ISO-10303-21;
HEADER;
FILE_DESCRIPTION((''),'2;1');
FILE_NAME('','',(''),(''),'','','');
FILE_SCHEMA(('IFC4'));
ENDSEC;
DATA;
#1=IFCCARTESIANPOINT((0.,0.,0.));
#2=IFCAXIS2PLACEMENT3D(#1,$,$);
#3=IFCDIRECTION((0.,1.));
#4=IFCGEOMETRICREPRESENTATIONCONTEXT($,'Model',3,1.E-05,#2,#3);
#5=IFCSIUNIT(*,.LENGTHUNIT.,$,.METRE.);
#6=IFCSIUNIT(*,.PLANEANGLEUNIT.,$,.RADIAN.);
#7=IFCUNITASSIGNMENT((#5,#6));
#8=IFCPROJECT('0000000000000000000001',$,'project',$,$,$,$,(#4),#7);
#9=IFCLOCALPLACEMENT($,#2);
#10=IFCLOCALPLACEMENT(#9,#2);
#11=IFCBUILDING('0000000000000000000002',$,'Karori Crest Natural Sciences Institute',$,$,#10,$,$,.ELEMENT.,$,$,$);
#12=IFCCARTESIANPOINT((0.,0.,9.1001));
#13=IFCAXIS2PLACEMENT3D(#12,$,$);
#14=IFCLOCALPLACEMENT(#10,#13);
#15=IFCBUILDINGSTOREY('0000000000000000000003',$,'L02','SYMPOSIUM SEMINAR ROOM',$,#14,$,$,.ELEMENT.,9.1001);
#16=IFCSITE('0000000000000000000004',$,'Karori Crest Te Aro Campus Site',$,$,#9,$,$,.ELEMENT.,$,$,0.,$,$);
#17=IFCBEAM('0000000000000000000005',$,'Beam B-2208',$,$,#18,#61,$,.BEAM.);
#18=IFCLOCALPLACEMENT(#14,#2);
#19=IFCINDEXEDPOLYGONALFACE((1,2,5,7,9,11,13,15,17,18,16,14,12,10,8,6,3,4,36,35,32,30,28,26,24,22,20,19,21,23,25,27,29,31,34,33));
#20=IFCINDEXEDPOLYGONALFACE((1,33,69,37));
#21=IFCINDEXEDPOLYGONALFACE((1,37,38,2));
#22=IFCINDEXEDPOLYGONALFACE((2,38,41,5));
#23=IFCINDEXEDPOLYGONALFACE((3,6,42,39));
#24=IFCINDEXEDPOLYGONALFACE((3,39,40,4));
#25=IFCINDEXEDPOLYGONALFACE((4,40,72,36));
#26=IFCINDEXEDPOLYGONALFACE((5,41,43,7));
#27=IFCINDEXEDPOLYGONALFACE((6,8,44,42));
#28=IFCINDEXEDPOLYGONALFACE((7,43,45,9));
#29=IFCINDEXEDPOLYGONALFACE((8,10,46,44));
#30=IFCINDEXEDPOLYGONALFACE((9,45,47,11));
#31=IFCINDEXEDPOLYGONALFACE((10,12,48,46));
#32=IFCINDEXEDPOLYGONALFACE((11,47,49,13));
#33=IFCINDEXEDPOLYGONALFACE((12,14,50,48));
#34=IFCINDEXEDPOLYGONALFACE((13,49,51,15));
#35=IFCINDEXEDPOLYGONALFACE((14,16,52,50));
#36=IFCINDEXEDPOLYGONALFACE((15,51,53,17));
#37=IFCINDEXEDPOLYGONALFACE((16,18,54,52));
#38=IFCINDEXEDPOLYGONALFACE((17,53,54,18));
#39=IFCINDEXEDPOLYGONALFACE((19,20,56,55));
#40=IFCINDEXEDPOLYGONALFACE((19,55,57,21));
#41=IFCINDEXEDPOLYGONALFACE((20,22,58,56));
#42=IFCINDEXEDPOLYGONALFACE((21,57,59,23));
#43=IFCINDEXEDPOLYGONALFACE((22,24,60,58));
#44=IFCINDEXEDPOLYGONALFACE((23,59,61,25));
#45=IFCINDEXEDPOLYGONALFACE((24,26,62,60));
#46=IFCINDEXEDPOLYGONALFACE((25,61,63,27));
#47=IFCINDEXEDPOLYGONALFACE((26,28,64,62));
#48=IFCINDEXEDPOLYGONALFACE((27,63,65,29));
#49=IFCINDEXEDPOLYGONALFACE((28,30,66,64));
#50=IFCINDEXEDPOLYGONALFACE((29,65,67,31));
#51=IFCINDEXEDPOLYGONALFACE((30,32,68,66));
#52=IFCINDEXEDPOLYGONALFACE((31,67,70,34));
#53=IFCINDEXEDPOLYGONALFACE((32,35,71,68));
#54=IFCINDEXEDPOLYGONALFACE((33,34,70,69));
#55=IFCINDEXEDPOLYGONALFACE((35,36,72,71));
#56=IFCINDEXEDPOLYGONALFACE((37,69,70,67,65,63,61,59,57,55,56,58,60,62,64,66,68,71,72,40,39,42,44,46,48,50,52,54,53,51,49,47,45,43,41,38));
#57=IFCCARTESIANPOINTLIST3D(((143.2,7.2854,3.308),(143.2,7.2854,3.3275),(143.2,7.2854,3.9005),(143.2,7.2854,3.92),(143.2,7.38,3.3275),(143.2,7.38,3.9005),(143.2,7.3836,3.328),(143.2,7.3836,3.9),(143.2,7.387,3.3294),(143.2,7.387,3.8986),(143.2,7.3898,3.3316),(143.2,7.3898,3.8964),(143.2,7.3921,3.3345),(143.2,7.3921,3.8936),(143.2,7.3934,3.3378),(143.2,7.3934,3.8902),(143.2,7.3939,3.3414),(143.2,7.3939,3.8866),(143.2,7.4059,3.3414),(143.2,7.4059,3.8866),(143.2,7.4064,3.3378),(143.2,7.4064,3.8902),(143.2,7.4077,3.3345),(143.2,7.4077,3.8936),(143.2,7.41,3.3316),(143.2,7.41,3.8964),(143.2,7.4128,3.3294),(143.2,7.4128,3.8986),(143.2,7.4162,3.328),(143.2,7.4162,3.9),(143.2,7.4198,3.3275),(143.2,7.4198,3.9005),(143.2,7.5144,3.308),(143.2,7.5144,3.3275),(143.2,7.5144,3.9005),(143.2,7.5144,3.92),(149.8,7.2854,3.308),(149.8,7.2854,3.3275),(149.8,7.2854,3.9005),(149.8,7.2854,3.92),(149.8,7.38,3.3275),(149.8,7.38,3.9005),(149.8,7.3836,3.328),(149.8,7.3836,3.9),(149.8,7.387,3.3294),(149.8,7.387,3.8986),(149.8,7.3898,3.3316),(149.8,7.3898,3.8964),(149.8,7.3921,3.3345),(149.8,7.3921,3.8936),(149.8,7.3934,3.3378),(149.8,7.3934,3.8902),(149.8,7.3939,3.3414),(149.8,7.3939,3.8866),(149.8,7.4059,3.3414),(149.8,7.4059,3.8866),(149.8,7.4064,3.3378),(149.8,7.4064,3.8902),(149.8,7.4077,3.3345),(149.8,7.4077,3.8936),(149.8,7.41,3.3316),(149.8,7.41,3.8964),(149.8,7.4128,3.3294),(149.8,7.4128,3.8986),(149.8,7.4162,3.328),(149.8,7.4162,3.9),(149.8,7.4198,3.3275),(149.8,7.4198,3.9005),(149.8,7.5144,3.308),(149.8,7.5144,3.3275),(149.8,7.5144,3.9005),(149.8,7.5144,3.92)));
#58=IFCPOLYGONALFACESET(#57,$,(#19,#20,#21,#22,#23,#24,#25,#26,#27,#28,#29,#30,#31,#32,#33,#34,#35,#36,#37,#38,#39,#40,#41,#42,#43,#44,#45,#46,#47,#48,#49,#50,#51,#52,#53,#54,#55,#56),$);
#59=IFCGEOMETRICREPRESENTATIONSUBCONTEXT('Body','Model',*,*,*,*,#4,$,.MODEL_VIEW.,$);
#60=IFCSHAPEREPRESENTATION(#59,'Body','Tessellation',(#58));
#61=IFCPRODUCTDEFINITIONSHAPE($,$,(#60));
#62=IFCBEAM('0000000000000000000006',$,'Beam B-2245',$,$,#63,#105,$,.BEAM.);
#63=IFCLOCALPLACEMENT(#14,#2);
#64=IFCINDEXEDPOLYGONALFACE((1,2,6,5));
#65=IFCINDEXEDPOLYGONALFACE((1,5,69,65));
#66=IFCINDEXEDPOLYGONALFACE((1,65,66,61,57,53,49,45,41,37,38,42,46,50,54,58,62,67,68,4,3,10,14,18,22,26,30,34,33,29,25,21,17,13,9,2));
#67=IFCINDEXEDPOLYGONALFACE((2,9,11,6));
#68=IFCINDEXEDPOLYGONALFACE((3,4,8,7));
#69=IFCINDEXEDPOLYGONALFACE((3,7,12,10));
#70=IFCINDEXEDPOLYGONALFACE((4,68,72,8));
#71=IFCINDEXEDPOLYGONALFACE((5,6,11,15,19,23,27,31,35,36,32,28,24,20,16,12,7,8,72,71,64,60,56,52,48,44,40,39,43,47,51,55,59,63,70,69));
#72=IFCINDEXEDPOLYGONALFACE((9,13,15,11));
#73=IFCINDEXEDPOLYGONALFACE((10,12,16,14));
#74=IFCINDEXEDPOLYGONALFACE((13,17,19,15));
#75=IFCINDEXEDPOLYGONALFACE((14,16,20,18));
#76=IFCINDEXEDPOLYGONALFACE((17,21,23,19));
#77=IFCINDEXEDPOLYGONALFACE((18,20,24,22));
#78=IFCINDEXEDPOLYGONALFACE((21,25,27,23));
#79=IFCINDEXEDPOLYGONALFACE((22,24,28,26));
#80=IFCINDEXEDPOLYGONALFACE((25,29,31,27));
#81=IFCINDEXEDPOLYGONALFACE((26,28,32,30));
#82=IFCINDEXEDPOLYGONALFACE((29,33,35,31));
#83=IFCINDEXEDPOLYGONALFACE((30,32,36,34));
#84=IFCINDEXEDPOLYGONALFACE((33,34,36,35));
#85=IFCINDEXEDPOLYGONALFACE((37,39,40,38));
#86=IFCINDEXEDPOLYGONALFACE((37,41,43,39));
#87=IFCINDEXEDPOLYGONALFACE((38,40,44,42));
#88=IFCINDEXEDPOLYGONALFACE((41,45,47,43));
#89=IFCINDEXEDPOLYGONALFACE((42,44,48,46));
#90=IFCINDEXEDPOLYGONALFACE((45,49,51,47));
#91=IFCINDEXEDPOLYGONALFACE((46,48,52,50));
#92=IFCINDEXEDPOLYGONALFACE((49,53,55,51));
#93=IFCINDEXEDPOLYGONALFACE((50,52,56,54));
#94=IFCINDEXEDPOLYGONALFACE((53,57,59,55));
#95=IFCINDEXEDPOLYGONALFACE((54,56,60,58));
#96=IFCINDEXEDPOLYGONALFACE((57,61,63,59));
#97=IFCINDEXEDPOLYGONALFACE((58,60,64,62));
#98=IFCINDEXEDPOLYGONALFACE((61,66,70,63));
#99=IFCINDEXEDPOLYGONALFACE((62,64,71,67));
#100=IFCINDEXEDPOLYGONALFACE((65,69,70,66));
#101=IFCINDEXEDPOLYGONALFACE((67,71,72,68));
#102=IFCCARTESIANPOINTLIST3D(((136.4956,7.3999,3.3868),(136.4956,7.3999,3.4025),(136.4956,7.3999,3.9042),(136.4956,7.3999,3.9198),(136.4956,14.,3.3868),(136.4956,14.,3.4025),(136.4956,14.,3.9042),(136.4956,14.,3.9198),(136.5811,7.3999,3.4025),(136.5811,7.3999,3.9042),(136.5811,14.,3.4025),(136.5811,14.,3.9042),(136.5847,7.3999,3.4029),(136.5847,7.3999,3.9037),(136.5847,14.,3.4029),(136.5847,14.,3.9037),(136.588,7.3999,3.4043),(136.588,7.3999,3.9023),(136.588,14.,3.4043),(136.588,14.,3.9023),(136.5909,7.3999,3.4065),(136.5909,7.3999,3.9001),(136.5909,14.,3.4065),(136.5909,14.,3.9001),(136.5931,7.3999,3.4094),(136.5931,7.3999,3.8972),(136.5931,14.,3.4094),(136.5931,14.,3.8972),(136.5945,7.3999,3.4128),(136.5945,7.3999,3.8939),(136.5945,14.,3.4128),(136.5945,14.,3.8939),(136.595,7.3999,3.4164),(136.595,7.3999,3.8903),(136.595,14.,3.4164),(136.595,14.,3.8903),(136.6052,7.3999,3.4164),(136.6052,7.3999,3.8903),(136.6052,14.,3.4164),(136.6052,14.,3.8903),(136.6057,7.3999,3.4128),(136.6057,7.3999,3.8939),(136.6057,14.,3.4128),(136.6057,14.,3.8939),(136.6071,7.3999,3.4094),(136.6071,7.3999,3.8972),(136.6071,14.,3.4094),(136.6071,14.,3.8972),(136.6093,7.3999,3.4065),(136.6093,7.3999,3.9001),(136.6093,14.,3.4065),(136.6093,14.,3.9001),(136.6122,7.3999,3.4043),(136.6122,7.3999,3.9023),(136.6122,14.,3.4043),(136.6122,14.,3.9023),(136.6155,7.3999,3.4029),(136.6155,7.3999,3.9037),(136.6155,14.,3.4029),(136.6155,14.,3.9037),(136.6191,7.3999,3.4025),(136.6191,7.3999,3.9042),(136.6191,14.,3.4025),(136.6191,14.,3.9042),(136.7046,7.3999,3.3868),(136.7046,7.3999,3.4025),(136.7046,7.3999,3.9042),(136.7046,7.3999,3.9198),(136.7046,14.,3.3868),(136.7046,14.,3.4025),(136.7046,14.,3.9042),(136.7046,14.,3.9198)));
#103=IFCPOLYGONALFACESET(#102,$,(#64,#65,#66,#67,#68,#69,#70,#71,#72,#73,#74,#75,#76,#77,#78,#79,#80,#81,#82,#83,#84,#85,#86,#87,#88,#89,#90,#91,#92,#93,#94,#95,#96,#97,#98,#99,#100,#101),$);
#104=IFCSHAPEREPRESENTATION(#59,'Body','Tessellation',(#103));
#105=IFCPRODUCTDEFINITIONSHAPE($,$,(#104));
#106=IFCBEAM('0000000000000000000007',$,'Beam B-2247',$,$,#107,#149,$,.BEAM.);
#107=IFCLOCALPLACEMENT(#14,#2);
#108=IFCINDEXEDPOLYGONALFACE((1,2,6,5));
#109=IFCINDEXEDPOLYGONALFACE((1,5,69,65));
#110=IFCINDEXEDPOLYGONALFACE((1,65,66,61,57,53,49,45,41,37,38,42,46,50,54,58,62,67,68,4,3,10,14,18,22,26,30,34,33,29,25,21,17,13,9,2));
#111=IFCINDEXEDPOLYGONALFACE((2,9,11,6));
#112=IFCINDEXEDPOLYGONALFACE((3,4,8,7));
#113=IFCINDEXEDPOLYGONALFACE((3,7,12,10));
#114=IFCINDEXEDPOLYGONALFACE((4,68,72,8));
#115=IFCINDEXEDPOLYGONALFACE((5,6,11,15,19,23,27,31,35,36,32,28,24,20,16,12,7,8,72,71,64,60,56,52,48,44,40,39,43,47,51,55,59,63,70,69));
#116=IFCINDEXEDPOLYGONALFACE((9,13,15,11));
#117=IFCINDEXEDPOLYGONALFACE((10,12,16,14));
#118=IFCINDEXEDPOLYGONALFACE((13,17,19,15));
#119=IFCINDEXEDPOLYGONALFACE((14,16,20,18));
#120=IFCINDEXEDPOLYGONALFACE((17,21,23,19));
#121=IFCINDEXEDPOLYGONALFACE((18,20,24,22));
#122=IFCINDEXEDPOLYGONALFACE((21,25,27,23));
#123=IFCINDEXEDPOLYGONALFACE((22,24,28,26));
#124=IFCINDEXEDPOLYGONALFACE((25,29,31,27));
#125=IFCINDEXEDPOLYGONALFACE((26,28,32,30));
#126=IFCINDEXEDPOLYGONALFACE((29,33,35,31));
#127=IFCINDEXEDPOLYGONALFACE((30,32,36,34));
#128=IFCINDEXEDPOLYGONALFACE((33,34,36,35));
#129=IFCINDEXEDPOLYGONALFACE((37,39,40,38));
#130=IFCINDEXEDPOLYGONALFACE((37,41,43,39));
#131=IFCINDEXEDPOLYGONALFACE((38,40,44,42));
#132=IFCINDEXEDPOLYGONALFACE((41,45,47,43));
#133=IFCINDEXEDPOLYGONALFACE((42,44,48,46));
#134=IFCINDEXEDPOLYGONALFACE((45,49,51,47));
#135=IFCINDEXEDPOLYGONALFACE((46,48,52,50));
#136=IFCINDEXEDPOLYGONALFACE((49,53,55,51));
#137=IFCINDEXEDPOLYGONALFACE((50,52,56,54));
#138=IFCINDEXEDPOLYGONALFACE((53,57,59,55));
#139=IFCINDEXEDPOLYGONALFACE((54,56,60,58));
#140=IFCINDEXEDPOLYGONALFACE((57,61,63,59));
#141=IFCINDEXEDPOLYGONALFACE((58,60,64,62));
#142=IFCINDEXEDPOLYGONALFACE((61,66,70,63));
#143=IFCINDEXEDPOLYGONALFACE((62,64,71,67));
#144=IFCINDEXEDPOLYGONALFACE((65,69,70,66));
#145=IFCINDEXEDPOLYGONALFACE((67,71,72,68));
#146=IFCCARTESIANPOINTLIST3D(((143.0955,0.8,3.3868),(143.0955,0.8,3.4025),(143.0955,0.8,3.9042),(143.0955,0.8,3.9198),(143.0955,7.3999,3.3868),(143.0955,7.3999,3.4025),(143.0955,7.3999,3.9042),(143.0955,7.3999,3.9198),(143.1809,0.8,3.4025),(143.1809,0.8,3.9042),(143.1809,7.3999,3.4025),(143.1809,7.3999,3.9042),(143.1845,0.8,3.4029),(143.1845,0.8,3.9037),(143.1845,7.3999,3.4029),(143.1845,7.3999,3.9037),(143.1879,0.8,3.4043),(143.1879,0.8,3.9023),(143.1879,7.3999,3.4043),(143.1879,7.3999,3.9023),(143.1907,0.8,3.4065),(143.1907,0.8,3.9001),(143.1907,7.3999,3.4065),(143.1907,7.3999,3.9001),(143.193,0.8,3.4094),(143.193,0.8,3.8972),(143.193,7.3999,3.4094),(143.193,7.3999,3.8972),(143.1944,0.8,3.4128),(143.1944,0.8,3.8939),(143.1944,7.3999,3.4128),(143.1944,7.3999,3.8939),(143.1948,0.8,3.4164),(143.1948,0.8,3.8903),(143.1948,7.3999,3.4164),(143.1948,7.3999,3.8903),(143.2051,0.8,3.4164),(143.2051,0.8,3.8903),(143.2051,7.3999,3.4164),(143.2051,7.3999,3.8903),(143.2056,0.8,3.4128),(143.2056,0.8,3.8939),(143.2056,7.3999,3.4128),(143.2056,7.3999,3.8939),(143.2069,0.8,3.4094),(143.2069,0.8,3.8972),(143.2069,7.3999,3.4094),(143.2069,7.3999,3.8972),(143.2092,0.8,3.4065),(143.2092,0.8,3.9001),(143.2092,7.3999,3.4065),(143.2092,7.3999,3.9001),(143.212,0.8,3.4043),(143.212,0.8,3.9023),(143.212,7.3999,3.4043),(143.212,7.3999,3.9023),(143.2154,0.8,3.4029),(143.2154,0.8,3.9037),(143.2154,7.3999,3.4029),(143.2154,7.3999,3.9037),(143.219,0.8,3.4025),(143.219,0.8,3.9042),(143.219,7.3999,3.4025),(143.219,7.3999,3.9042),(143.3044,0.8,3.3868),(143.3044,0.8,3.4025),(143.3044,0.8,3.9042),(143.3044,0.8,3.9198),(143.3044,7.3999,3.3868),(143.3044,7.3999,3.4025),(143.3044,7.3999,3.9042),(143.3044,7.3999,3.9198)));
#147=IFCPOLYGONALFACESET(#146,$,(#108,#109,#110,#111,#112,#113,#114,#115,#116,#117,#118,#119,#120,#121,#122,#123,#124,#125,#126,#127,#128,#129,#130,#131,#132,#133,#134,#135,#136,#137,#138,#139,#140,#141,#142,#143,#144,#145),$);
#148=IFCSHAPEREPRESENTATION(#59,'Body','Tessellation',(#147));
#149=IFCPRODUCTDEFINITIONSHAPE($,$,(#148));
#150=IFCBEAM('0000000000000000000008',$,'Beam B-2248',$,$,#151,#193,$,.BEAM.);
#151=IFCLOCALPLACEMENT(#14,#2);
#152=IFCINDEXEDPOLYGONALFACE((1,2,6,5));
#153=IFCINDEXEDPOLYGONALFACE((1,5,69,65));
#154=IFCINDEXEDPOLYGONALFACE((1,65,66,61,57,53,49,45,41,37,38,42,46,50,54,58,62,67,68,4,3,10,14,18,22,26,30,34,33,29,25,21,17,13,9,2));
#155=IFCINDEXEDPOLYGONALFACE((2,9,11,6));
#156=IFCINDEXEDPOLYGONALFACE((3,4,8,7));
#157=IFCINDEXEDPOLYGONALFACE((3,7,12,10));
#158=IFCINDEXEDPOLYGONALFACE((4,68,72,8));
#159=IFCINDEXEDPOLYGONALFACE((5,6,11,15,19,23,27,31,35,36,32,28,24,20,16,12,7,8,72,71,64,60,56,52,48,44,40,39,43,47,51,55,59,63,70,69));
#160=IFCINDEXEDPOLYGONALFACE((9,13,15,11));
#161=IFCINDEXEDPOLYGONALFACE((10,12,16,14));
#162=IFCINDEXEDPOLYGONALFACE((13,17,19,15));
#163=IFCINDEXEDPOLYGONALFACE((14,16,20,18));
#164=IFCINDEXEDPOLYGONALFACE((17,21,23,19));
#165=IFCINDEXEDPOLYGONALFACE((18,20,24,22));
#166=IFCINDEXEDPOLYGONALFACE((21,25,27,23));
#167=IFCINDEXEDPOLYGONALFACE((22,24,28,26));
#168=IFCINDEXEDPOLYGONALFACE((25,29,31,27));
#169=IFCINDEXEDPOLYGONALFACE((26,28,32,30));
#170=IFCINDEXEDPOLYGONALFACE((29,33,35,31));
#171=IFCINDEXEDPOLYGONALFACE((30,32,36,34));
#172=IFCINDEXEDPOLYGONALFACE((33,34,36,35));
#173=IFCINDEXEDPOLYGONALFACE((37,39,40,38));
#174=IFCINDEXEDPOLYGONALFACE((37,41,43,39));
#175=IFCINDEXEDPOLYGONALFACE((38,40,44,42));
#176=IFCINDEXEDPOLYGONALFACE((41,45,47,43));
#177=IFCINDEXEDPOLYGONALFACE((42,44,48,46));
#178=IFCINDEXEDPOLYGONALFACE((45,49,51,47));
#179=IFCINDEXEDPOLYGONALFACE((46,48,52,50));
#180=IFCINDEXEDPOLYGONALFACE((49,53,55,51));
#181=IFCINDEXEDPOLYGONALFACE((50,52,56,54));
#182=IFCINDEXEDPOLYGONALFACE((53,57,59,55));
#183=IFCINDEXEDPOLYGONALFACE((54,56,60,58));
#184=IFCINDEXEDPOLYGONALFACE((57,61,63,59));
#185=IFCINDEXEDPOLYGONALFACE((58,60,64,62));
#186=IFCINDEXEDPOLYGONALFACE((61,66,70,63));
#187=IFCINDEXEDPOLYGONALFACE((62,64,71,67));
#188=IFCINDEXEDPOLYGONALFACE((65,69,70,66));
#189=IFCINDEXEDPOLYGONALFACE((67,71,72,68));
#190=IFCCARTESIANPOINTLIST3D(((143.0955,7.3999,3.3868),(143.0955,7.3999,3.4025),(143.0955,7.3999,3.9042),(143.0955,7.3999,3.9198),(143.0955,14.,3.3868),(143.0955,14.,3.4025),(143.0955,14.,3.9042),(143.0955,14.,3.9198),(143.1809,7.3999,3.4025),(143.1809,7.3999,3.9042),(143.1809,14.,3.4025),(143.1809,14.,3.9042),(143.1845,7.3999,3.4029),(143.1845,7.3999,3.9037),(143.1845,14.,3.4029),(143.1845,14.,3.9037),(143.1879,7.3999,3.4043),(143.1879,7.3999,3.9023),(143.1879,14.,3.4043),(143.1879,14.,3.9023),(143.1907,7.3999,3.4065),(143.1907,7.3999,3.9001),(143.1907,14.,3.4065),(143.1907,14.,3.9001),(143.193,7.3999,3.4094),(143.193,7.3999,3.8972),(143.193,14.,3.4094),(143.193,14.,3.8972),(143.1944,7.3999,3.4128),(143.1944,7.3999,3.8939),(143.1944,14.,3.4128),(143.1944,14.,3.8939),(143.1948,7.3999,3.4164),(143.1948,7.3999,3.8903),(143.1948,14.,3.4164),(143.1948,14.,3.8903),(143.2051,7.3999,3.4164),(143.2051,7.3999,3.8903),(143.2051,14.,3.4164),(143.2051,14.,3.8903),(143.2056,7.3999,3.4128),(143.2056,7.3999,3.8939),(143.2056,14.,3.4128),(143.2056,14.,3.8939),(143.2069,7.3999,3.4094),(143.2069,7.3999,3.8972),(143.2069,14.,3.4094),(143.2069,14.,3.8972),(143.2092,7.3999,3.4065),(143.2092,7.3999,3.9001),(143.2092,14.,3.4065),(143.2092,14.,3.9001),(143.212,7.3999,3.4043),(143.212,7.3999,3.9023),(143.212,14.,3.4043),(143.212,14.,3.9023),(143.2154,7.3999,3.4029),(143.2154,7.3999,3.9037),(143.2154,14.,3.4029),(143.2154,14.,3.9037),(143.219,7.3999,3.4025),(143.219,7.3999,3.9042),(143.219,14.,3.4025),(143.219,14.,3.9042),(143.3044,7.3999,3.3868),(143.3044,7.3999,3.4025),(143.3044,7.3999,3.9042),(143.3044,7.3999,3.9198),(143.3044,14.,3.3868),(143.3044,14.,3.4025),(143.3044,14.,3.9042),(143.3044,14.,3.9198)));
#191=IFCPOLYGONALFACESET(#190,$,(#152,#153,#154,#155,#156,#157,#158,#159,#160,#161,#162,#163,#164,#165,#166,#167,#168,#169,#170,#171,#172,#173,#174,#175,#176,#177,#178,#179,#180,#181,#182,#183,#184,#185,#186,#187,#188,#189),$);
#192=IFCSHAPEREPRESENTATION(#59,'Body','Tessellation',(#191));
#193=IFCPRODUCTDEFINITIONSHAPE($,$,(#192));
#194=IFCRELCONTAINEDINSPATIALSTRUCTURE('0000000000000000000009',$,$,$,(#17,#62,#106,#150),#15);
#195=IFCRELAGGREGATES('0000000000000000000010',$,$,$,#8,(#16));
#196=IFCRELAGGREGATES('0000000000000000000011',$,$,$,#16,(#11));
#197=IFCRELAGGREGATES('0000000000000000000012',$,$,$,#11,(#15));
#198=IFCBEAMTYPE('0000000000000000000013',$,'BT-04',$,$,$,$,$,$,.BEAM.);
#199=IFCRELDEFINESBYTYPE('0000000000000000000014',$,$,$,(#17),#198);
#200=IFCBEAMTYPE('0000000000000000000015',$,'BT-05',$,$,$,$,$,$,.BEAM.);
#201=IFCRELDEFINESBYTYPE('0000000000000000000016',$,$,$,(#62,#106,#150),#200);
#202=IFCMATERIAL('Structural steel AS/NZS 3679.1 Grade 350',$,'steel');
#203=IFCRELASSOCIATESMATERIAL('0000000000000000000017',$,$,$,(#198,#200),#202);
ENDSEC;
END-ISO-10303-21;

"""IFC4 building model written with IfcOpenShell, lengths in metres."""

from ifc_helpers import new_model, si_unit, direction, frame, origin, origin_2d, place, context, subcontext, project, spatial, i_section, extrude, material, material_profile, profile_set, type_object, element, save


model = new_model("IFC4")

# Units and contexts
model_context = context("Model", 3, precision=1e-05, world=origin(), true_north=direction((0.0, 1.0)))
body_context = subcontext(model_context, "Body", "Model", "MODEL_VIEW")
ifc_project = project(units=[si_unit("LENGTHUNIT", "METRE"), si_unit("PLANEANGLEUNIT", "RADIAN")], contexts=[model_context])

# Site, building, storey
site_placement = place(None, origin())
site = spatial("IfcSite", under=ifc_project, at=site_placement, Name="Karori Crest Te Aro Campus Site", CompositionType="ELEMENT", RefElevation=0.0)
building_placement = place(site_placement, origin())
building = spatial("IfcBuilding", under=site, at=building_placement, Name="Karori Crest Natural Sciences Institute", CompositionType="ELEMENT")
storey_placement = place(building_placement, frame((0.0, 0.0, 9.1001)))
storey = spatial("IfcBuildingStorey", under=building, at=storey_placement, Name="L02", Description="SYMPOSIUM SEMINAR ROOM", CompositionType="ELEMENT", Elevation=9.1001)

# Shared definitions
ifc_material_1 = material(Name="Structural steel AS/NZS 3679.1 Grade 350", Category="steel")

# Beams
ifc_material_profile_1 = material_profile(ifc_material_1, i_section(OverallWidth=0.229, OverallDepth=0.6121, WebThickness=0.012, FlangeThickness=0.0195, FilletRadius=0.0139, at=origin_2d()), Name="610UB125")
ifc_profile_set_1 = profile_set([ifc_material_profile_1], Name="Structural steel AS/NZS 3679.1 Grade 350")
beam_type_1 = type_object("IfcBeamType", Name="BT-04", PredefinedType="BEAM", material=ifc_profile_set_1)
beam_1_placement = place(storey_placement, frame((143.2, 7.3999, 3.614), z_axis=(1.0, 0.0, 0.0), x_axis=(0.0, 1.0, 0.0)))
element("IfcBeam", 1, at=beam_1_placement, inside=storey, type_object=beam_type_1, Name="Beam B-2208", PredefinedType="BEAM", context=body_context, shape_type="SweptSolid", body=[
    extrude(i_section(OverallWidth=0.229, OverallDepth=0.6121, WebThickness=0.012, FlangeThickness=0.0195, FilletRadius=0.0139, at=origin_2d()), origin(), (0.0, 0.0, 1.0), 6.6001),
])
ifc_material_profile_2 = material_profile(ifc_material_1, i_section(OverallWidth=0.209, OverallDepth=0.533, WebThickness=0.0103, FlangeThickness=0.0156, FilletRadius=0.0139, at=origin_2d()), Name="530UB92.4")
ifc_profile_set_2 = profile_set([ifc_material_profile_2], Name="Structural steel AS/NZS 3679.1 Grade 350")
beam_type_2 = type_object("IfcBeamType", Name="BT-05", PredefinedType="BEAM", material=ifc_profile_set_2)
beam_2_placement = place(storey_placement, frame((136.6001, 7.3999, 3.6533), z_axis=(0.0, 1.0, 0.0), x_axis=(-1.0, 0.0, 0.0)))
element("IfcBeam", 2, at=beam_2_placement, inside=storey, type_object=beam_type_2, Name="Beam B-2245", PredefinedType="BEAM", context=body_context, shape_type="SweptSolid", body=[
    extrude(i_section(OverallWidth=0.209, OverallDepth=0.533, WebThickness=0.0103, FlangeThickness=0.0156, FilletRadius=0.0139, at=origin_2d()), origin(), (0.0, 0.0, 1.0), 6.6001),
])
beam_3_placement = place(storey_placement, frame((143.2, 0.8, 3.6533), z_axis=(0.0, 1.0, 0.0), x_axis=(-1.0, 0.0, 0.0)))
element("IfcBeam", 3, at=beam_3_placement, inside=storey, type_object=beam_type_2, Name="Beam B-2247", PredefinedType="BEAM", context=body_context, shape_type="SweptSolid", body=[
    extrude(i_section(OverallWidth=0.209, OverallDepth=0.533, WebThickness=0.0103, FlangeThickness=0.0156, FilletRadius=0.0139, at=origin_2d()), origin(), (0.0, 0.0, 1.0), 6.5999),
])
beam_4_placement = place(storey_placement, frame((143.2, 7.3999, 3.6533), z_axis=(0.0, 1.0, 0.0), x_axis=(-1.0, 0.0, 0.0)))
element("IfcBeam", 4, at=beam_4_placement, inside=storey, type_object=beam_type_2, Name="Beam B-2248", PredefinedType="BEAM", context=body_context, shape_type="SweptSolid", body=[
    extrude(i_section(OverallWidth=0.209, OverallDepth=0.533, WebThickness=0.0103, FlangeThickness=0.0156, FilletRadius=0.0139, at=origin_2d()), origin(), (0.0, 0.0, 1.0), 6.6001),
])

save(model, "model.ifc")
